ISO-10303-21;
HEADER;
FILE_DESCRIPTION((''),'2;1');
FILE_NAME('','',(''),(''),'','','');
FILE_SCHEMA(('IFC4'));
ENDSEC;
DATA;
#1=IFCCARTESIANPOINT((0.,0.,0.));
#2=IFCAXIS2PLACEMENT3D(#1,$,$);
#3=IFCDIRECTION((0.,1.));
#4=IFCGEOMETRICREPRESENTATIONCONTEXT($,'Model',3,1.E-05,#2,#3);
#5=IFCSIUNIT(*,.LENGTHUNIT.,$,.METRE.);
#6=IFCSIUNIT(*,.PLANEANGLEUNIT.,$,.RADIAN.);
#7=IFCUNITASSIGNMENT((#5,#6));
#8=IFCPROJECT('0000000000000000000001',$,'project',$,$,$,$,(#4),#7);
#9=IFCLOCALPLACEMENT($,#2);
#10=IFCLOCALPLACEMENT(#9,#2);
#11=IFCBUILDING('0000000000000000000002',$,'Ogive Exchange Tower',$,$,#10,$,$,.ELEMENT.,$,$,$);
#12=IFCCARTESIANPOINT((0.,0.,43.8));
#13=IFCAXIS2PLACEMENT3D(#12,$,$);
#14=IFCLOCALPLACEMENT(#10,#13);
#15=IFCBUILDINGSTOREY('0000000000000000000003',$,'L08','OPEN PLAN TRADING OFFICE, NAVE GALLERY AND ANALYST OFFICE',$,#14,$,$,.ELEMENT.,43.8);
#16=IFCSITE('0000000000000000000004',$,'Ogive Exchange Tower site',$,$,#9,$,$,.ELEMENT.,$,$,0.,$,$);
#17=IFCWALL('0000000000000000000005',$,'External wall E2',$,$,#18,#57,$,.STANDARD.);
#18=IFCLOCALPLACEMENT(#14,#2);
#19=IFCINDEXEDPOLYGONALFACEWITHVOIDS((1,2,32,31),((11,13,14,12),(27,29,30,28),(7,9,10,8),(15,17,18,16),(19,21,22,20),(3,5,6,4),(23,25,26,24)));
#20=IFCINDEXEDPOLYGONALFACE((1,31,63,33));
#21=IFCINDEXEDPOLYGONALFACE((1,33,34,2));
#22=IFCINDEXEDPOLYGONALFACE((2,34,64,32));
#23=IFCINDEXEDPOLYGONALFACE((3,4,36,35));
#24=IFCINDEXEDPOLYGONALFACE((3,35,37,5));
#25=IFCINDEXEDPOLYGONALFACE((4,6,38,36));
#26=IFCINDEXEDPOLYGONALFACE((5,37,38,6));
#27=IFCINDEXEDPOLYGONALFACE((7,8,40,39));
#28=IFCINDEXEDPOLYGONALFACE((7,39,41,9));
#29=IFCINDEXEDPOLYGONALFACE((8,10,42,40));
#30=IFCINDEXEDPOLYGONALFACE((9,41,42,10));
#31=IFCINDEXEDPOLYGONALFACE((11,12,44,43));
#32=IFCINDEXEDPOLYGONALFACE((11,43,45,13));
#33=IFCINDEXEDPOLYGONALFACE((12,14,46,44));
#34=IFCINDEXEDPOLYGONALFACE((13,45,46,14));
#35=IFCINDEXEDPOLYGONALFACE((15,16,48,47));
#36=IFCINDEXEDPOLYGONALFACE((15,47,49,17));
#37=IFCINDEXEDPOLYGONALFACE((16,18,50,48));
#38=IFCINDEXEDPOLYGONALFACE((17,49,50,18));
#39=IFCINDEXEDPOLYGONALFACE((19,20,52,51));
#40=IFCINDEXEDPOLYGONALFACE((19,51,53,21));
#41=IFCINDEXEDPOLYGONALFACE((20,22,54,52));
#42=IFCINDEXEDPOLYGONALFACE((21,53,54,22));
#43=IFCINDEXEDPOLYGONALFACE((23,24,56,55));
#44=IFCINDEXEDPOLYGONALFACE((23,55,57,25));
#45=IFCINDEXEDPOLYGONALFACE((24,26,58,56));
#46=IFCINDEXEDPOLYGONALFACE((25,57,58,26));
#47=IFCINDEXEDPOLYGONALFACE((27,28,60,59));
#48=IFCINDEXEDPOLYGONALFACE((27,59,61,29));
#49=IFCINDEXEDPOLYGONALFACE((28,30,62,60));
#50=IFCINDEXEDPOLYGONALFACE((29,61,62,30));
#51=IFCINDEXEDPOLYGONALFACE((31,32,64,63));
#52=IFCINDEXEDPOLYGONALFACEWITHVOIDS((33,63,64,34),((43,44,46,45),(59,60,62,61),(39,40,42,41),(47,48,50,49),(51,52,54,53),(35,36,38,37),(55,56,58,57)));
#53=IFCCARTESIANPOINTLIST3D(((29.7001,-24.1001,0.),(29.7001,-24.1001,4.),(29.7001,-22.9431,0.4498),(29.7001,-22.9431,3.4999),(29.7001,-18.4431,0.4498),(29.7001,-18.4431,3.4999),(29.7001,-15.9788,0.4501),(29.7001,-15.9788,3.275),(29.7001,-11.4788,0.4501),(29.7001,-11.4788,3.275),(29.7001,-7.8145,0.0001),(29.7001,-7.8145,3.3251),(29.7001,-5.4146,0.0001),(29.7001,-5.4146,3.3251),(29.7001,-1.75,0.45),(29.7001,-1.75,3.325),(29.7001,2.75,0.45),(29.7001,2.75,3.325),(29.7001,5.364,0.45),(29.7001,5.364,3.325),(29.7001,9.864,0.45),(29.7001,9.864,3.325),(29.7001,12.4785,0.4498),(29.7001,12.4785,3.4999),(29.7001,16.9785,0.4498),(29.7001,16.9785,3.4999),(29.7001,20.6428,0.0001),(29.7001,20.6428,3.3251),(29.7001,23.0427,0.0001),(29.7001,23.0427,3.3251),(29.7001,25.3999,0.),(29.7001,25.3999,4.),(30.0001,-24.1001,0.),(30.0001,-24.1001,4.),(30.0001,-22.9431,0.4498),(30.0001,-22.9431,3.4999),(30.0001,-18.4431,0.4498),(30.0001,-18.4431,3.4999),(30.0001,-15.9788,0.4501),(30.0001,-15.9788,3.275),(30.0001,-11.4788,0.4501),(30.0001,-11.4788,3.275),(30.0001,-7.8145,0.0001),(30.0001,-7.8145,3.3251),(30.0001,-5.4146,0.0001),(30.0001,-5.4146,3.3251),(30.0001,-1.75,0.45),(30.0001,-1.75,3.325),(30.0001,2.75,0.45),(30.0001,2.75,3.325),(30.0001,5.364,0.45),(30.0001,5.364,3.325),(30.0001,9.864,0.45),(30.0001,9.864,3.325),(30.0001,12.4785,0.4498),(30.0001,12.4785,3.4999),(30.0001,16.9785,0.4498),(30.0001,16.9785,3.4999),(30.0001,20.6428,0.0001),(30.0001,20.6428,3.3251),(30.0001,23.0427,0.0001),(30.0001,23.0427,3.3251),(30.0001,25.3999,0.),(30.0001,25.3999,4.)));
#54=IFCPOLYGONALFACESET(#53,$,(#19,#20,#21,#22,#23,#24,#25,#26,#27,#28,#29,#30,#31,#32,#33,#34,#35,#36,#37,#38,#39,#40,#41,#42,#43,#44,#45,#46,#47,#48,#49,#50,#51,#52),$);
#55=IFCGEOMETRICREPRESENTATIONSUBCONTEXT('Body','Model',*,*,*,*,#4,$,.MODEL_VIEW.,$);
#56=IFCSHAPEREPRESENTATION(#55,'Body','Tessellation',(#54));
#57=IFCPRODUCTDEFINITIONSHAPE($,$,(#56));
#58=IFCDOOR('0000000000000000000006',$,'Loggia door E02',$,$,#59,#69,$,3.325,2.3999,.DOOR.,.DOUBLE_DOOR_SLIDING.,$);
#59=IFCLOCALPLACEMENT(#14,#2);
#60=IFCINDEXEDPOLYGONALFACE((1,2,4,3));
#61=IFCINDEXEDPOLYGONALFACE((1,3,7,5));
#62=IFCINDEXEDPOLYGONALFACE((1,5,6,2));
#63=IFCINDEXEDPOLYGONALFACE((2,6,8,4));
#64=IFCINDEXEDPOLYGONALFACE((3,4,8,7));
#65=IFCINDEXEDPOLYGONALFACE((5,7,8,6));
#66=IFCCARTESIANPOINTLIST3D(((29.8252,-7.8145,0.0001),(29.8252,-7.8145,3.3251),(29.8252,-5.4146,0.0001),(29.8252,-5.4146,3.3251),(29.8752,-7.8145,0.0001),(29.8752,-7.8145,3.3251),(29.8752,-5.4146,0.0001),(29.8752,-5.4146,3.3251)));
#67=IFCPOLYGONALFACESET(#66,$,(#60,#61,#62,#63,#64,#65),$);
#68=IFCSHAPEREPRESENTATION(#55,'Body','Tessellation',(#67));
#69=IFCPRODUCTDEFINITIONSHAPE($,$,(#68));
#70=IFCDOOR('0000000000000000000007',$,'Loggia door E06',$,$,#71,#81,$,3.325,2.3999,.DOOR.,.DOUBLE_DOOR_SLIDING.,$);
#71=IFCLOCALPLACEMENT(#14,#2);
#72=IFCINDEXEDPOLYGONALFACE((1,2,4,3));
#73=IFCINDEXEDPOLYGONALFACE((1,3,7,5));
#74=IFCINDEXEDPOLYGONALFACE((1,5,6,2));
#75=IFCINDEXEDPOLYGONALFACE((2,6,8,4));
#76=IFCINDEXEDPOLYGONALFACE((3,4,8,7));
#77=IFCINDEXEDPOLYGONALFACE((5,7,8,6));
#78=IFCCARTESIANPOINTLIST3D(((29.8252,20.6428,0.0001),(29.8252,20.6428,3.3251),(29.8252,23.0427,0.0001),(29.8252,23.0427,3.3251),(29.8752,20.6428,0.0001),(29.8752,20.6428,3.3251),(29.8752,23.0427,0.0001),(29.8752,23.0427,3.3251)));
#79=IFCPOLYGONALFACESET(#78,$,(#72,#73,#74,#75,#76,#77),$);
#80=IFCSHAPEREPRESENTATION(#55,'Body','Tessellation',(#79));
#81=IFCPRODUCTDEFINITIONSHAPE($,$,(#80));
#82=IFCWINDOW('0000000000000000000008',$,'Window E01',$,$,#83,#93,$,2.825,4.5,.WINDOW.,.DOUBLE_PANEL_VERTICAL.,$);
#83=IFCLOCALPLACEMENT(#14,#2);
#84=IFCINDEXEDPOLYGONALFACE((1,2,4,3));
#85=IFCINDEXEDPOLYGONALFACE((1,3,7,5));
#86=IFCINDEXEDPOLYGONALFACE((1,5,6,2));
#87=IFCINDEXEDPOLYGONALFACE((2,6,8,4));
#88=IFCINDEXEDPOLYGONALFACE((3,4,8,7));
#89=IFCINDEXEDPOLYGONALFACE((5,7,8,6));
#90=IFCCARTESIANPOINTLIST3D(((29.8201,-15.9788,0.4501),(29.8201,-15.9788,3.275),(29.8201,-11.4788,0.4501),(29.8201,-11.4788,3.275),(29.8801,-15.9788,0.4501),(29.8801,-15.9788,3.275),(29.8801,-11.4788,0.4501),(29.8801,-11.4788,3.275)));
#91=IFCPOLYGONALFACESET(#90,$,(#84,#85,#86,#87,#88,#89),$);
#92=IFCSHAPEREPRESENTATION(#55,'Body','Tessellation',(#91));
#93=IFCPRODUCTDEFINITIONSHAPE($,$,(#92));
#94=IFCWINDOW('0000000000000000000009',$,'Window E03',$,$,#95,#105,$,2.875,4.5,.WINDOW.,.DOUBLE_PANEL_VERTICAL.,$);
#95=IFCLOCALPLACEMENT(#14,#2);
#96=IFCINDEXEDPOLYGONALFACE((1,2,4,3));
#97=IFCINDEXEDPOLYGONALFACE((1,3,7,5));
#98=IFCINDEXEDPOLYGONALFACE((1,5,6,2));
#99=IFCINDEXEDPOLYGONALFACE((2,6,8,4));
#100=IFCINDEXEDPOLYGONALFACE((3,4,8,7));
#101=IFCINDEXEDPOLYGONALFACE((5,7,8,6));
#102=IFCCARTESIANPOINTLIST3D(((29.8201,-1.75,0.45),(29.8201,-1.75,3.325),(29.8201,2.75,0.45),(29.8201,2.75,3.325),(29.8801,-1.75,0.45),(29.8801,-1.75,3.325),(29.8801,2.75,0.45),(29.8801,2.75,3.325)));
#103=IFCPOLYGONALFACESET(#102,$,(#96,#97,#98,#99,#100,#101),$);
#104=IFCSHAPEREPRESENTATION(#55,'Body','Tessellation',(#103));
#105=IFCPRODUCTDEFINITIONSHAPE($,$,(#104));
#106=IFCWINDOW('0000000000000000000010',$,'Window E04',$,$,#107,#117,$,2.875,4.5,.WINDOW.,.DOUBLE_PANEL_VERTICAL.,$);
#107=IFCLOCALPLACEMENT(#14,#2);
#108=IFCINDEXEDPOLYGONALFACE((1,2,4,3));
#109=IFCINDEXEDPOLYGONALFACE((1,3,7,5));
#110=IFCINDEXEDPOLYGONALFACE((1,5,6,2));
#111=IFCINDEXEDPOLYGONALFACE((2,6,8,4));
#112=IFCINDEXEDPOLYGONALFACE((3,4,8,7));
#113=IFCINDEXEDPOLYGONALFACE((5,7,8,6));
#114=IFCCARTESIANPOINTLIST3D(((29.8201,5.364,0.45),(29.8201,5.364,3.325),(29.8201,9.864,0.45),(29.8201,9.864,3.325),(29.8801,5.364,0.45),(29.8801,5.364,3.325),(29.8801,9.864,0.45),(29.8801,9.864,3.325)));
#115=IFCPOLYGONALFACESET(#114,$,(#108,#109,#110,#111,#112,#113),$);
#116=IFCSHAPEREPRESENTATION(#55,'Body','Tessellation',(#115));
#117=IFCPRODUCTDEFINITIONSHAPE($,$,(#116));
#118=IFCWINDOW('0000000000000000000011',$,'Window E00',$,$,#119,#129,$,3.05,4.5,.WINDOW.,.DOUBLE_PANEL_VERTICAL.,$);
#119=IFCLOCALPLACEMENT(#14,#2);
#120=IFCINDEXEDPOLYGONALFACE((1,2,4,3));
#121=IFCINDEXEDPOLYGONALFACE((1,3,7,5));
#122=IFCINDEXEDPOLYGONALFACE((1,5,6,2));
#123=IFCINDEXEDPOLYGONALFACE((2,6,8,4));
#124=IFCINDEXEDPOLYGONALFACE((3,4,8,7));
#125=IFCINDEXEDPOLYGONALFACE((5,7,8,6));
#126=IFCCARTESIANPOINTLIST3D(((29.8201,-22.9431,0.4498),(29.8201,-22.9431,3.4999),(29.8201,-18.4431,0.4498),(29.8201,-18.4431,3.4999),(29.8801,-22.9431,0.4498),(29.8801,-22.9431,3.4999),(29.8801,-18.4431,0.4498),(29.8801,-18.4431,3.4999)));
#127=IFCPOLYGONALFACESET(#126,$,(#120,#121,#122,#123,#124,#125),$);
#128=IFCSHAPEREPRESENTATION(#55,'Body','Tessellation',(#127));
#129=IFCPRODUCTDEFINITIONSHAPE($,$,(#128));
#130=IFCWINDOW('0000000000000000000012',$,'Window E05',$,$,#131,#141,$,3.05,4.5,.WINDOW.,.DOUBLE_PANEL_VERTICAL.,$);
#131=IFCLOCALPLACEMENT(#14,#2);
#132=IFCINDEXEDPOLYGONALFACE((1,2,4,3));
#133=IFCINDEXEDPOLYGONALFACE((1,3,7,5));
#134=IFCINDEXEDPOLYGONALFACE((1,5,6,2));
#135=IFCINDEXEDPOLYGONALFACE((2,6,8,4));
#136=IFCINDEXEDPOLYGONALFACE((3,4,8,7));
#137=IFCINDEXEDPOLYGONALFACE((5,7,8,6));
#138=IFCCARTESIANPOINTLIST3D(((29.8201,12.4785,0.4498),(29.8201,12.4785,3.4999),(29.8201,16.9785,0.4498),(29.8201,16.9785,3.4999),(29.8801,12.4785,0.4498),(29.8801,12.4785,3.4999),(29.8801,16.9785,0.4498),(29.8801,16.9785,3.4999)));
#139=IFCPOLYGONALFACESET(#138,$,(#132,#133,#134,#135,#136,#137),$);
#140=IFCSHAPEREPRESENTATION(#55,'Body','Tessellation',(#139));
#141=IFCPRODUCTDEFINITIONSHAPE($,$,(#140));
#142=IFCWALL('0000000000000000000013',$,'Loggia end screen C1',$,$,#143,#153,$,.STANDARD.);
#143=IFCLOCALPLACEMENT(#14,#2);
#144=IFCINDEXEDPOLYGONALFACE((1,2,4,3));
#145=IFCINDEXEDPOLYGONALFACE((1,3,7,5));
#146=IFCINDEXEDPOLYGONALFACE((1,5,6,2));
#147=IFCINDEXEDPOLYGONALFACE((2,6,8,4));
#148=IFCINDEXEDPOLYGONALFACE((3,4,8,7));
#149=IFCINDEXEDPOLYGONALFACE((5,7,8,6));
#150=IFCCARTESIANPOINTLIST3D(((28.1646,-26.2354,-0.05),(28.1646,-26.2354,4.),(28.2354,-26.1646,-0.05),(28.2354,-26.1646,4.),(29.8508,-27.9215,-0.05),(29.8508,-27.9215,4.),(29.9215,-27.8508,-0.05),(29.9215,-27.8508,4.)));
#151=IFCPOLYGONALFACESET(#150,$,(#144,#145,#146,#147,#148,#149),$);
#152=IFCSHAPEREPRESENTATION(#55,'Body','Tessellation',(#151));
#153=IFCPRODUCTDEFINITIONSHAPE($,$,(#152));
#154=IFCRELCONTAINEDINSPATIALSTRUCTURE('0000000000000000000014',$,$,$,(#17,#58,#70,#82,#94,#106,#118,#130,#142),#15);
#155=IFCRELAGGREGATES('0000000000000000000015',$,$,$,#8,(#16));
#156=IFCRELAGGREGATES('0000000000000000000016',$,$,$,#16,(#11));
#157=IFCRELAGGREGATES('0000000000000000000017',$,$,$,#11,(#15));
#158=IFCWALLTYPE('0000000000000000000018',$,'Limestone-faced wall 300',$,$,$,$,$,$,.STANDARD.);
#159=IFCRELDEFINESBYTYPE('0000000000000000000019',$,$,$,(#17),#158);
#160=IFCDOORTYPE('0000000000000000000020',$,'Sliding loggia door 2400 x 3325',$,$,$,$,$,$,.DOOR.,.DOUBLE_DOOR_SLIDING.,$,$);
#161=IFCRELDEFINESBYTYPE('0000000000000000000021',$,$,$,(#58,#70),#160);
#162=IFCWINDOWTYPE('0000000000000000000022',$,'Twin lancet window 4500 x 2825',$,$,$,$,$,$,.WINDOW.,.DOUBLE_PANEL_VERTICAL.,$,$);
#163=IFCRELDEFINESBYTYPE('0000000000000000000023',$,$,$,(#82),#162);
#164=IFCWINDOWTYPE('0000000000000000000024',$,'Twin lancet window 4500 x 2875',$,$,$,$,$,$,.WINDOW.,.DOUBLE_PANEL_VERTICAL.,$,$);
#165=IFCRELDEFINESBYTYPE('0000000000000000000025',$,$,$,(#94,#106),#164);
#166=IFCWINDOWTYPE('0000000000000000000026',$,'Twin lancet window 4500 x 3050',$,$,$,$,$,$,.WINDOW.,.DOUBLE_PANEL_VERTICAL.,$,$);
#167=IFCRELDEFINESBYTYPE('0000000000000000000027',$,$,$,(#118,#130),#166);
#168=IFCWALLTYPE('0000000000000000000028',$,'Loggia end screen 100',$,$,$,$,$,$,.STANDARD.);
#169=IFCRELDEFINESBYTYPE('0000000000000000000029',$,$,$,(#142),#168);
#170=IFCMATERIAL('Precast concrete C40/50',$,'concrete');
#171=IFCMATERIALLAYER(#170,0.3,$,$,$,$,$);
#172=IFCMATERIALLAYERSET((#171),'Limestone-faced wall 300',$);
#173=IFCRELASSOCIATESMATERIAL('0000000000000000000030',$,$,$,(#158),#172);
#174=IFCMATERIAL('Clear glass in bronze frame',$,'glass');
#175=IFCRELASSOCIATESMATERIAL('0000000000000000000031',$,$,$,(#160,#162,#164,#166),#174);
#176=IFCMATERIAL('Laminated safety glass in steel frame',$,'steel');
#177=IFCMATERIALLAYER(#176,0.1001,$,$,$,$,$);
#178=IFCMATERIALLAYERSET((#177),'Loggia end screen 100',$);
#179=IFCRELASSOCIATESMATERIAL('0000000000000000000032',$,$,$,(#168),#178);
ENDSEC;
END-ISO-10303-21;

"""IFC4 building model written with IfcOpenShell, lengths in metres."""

from ifc_helpers import new_model, si_unit, direction, frame, frame_2d, origin, place, context, subcontext, project, spatial, rectangle, extrude, material, layer, layer_set, type_object, element, fill, save


model = new_model("IFC4")

# Units and contexts
model_context = context("Model", 3, precision=1e-05, world=origin(), true_north=direction((0.0, 1.0)))
body_context = subcontext(model_context, "Body", "Model", "MODEL_VIEW")
ifc_project = project(units=[si_unit("LENGTHUNIT", "METRE"), si_unit("PLANEANGLEUNIT", "RADIAN")], contexts=[model_context])

# Site, building, storey
site_placement = place(None, origin())
site = spatial("IfcSite", under=ifc_project, at=site_placement, Name="Ogive Exchange Tower site", CompositionType="ELEMENT", RefElevation=0.0)
building_placement = place(site_placement, origin())
building = spatial("IfcBuilding", under=site, at=building_placement, Name="Ogive Exchange Tower", CompositionType="ELEMENT")
storey_placement = place(building_placement, frame((0.0, 0.0, 43.8)))
storey = spatial("IfcBuildingStorey", under=building, at=storey_placement, Name="L08", Description="OPEN PLAN TRADING OFFICE, NAVE GALLERY AND ANALYST OFFICE", CompositionType="ELEMENT", Elevation=43.8)

# Wall, openings, doors, windows
ifc_material_1 = material(Name="Precast concrete C40/50", Category="concrete")
ifc_layer_1 = layer(ifc_material_1, 0.3)
ifc_layer_set_1 = layer_set([ifc_layer_1], Name="Limestone-faced wall 300")
wall_type_1 = type_object("IfcWallType", Name="Limestone-faced wall 300", PredefinedType="STANDARD", material=ifc_layer_set_1)
wall_1_placement = place(storey_placement, frame((29.8501, -24.1001, 0.0), z_axis=(0.0, 0.0, 1.0), x_axis=(0.0, 1.0, 0.0)))
wall_1 = element("IfcWall", 1, at=wall_1_placement, inside=storey, type_object=wall_type_1, Name="External wall E2", PredefinedType="STANDARD", context=body_context, shape_type="SweptSolid", body=[
    extrude(rectangle(XDim=49.5, YDim=0.3, at=frame_2d((24.75, 0.0))), origin(), (0.0, 0.0, 1.0), 4.0),
])
opening_1_placement = place(wall_1_placement, frame((1.157, 0.0, 0.45)))
opening_1 = element("IfcOpeningElement", 2, at=opening_1_placement, cuts=wall_1, PredefinedType="OPENING", context=body_context, shape_type="SweptSolid", body=[
    extrude(rectangle(XDim=4.5, YDim=3.05, at=frame_2d((2.25, 1.5249))), frame((0.0, 0.1599, 0.0), z_axis=(0.0, -1.0, 0.0), x_axis=(1.0, 0.0, 0.0)), (0.0, 0.0, 1.0), 0.3201),
])
opening_2_placement = place(wall_1_placement, frame((8.1213, 0.0, 0.45)))
opening_2 = element("IfcOpeningElement", 3, at=opening_2_placement, cuts=wall_1, PredefinedType="OPENING", context=body_context, shape_type="SweptSolid", body=[
    extrude(rectangle(XDim=4.5, YDim=2.825, at=frame_2d((2.25, 1.4126))), frame((0.0, 0.1599, 0.0), z_axis=(0.0, -1.0, 0.0), x_axis=(1.0, 0.0, 0.0)), (0.0, 0.0, 1.0), 0.3201),
])
opening_3_placement = place(wall_1_placement, frame((16.2856, 0.0, 0.0)))
opening_3 = element("IfcOpeningElement", 4, at=opening_3_placement, cuts=wall_1, PredefinedType="OPENING", context=body_context, shape_type="SweptSolid", body=[
    extrude(rectangle(XDim=2.3999, YDim=3.325, at=frame_2d((1.2, 1.6626))), frame((0.0, 0.1599, 0.0), z_axis=(0.0, -1.0, 0.0), x_axis=(1.0, 0.0, 0.0)), (0.0, 0.0, 1.0), 0.3201),
])
opening_4_placement = place(wall_1_placement, frame((22.3501, 0.0, 0.45)))
opening_4 = element("IfcOpeningElement", 5, at=opening_4_placement, cuts=wall_1, PredefinedType="OPENING", context=body_context, shape_type="SweptSolid", body=[
    extrude(rectangle(XDim=4.5, YDim=2.875, at=frame_2d((2.25, 1.4375))), frame((0.0, 0.1599, 0.0), z_axis=(0.0, -1.0, 0.0), x_axis=(1.0, 0.0, 0.0)), (0.0, 0.0, 1.0), 0.3201),
])
opening_5_placement = place(wall_1_placement, frame((29.4641, 0.0, 0.45)))
opening_5 = element("IfcOpeningElement", 6, at=opening_5_placement, cuts=wall_1, PredefinedType="OPENING", context=body_context, shape_type="SweptSolid", body=[
    extrude(rectangle(XDim=4.5, YDim=2.875, at=frame_2d((2.25, 1.4375))), frame((0.0, 0.1599, 0.0), z_axis=(0.0, -1.0, 0.0), x_axis=(1.0, 0.0, 0.0)), (0.0, 0.0, 1.0), 0.3201),
])
opening_6_placement = place(wall_1_placement, frame((36.5786, 0.0, 0.45)))
opening_6 = element("IfcOpeningElement", 7, at=opening_6_placement, cuts=wall_1, PredefinedType="OPENING", context=body_context, shape_type="SweptSolid", body=[
    extrude(rectangle(XDim=4.5, YDim=3.05, at=frame_2d((2.25, 1.5249))), frame((0.0, 0.1599, 0.0), z_axis=(0.0, -1.0, 0.0), x_axis=(1.0, 0.0, 0.0)), (0.0, 0.0, 1.0), 0.3201),
])
opening_7_placement = place(wall_1_placement, frame((44.7429, 0.0, 0.0)))
opening_7 = element("IfcOpeningElement", 8, at=opening_7_placement, cuts=wall_1, PredefinedType="OPENING", context=body_context, shape_type="SweptSolid", body=[
    extrude(rectangle(XDim=2.3999, YDim=3.325, at=frame_2d((1.2, 1.6626))), frame((0.0, 0.1599, 0.0), z_axis=(0.0, -1.0, 0.0), x_axis=(1.0, 0.0, 0.0)), (0.0, 0.0, 1.0), 0.3201),
])
ifc_material_2 = material(Name="Clear glass in bronze frame", Category="glass")
door_type_1 = type_object("IfcDoorType", Name="Sliding loggia door 2400 x 3325", OperationType="DOUBLE_DOOR_SLIDING", PredefinedType="DOOR", material=ifc_material_2)
door_1_placement = place(opening_3_placement, origin())
door_1 = element("IfcDoor", 9, at=door_1_placement, inside=storey, type_object=door_type_1, Name="Loggia door E02", OperationType="DOUBLE_DOOR_SLIDING", OverallHeight=3.325, OverallWidth=2.3999, PredefinedType="DOOR", context=body_context, shape_type="SweptSolid", body=[
    extrude(rectangle(XDim=2.3999, YDim=3.325, at=frame_2d((1.2, 1.6626))), frame((0.0, 0.0249, 0.0), z_axis=(0.0, -1.0, 0.0), x_axis=(1.0, 0.0, 0.0)), (0.0, 0.0, 1.0), 0.05),
])
fill(opening_3, door_1)
door_2_placement = place(opening_7_placement, origin())
door_2 = element("IfcDoor", 10, at=door_2_placement, inside=storey, type_object=door_type_1, Name="Loggia door E06", OperationType="DOUBLE_DOOR_SLIDING", OverallHeight=3.325, OverallWidth=2.3999, PredefinedType="DOOR", context=body_context, shape_type="SweptSolid", body=[
    extrude(rectangle(XDim=2.3999, YDim=3.325, at=frame_2d((1.2, 1.6626))), frame((0.0, 0.0249, 0.0), z_axis=(0.0, -1.0, 0.0), x_axis=(1.0, 0.0, 0.0)), (0.0, 0.0, 1.0), 0.05),
])
fill(opening_7, door_2)
window_type_1 = type_object("IfcWindowType", Name="Twin lancet window 4500 x 2825", PartitioningType="DOUBLE_PANEL_VERTICAL", PredefinedType="WINDOW", material=ifc_material_2)
window_1_placement = place(opening_2_placement, origin())
window_1 = element("IfcWindow", 11, at=window_1_placement, inside=storey, type_object=window_type_1, Name="Window E01", OverallHeight=2.825, OverallWidth=4.5, PartitioningType="DOUBLE_PANEL_VERTICAL", PredefinedType="WINDOW", context=body_context, shape_type="SweptSolid", body=[
    extrude(rectangle(XDim=4.5, YDim=2.825, at=frame_2d((2.25, 1.4126))), frame((0.0, 0.03, 0.0), z_axis=(0.0, -1.0, 0.0), x_axis=(1.0, 0.0, 0.0)), (0.0, 0.0, 1.0), 0.0601),
])
fill(opening_2, window_1)
window_type_2 = type_object("IfcWindowType", Name="Twin lancet window 4500 x 2875", PartitioningType="DOUBLE_PANEL_VERTICAL", PredefinedType="WINDOW", material=ifc_material_2)
window_2_placement = place(opening_4_placement, origin())
window_2 = element("IfcWindow", 12, at=window_2_placement, inside=storey, type_object=window_type_2, Name="Window E03", OverallHeight=2.875, OverallWidth=4.5, PartitioningType="DOUBLE_PANEL_VERTICAL", PredefinedType="WINDOW", context=body_context, shape_type="SweptSolid", body=[
    extrude(rectangle(XDim=4.5, YDim=2.875, at=frame_2d((2.25, 1.4375))), frame((0.0, 0.03, 0.0), z_axis=(0.0, -1.0, 0.0), x_axis=(1.0, 0.0, 0.0)), (0.0, 0.0, 1.0), 0.0601),
])
fill(opening_4, window_2)
window_3_placement = place(opening_5_placement, origin())
window_3 = element("IfcWindow", 13, at=window_3_placement, inside=storey, type_object=window_type_2, Name="Window E04", OverallHeight=2.875, OverallWidth=4.5, PartitioningType="DOUBLE_PANEL_VERTICAL", PredefinedType="WINDOW", context=body_context, shape_type="SweptSolid", body=[
    extrude(rectangle(XDim=4.5, YDim=2.875, at=frame_2d((2.25, 1.4375))), frame((0.0, 0.03, 0.0), z_axis=(0.0, -1.0, 0.0), x_axis=(1.0, 0.0, 0.0)), (0.0, 0.0, 1.0), 0.0601),
])
fill(opening_5, window_3)
window_type_3 = type_object("IfcWindowType", Name="Twin lancet window 4500 x 3050", PartitioningType="DOUBLE_PANEL_VERTICAL", PredefinedType="WINDOW", material=ifc_material_2)
window_4_placement = place(opening_1_placement, origin())
window_4 = element("IfcWindow", 14, at=window_4_placement, inside=storey, type_object=window_type_3, Name="Window E00", OverallHeight=3.05, OverallWidth=4.5, PartitioningType="DOUBLE_PANEL_VERTICAL", PredefinedType="WINDOW", context=body_context, shape_type="SweptSolid", body=[
    extrude(rectangle(XDim=4.5, YDim=3.05, at=frame_2d((2.25, 1.5249))), frame((0.0, 0.03, 0.0), z_axis=(0.0, -1.0, 0.0), x_axis=(1.0, 0.0, 0.0)), (0.0, 0.0, 1.0), 0.0601),
])
fill(opening_1, window_4)
window_5_placement = place(opening_6_placement, origin())
window_5 = element("IfcWindow", 15, at=window_5_placement, inside=storey, type_object=window_type_3, Name="Window E05", OverallHeight=3.05, OverallWidth=4.5, PartitioningType="DOUBLE_PANEL_VERTICAL", PredefinedType="WINDOW", context=body_context, shape_type="SweptSolid", body=[
    extrude(rectangle(XDim=4.5, YDim=3.05, at=frame_2d((2.25, 1.5249))), frame((0.0, 0.03, 0.0), z_axis=(0.0, -1.0, 0.0), x_axis=(1.0, 0.0, 0.0)), (0.0, 0.0, 1.0), 0.0601),
])
fill(opening_6, window_5)

# Wall
ifc_material_3 = material(Name="Laminated safety glass in steel frame", Category="steel")
ifc_layer_2 = layer(ifc_material_3, 0.1001)
ifc_layer_set_2 = layer_set([ifc_layer_2], Name="Loggia end screen 100")
wall_type_2 = type_object("IfcWallType", Name="Loggia end screen 100", PredefinedType="STANDARD", material=ifc_layer_set_2)
wall_2_placement = place(storey_placement, frame((28.2, -26.2, -0.05), z_axis=(0.0, 0.0, 1.0), x_axis=(0.707107, -0.707107, 0.0)))
element("IfcWall", 16, at=wall_2_placement, inside=storey, type_object=wall_type_2, Name="Loggia end screen C1", PredefinedType="STANDARD", context=body_context, shape_type="SweptSolid", body=[
    extrude(rectangle(XDim=2.3845, YDim=0.1001, at=frame_2d((1.1924, 0.0))), origin(), (0.0, 0.0, 1.0), 4.05),
])

save(model, "model.ifc")
